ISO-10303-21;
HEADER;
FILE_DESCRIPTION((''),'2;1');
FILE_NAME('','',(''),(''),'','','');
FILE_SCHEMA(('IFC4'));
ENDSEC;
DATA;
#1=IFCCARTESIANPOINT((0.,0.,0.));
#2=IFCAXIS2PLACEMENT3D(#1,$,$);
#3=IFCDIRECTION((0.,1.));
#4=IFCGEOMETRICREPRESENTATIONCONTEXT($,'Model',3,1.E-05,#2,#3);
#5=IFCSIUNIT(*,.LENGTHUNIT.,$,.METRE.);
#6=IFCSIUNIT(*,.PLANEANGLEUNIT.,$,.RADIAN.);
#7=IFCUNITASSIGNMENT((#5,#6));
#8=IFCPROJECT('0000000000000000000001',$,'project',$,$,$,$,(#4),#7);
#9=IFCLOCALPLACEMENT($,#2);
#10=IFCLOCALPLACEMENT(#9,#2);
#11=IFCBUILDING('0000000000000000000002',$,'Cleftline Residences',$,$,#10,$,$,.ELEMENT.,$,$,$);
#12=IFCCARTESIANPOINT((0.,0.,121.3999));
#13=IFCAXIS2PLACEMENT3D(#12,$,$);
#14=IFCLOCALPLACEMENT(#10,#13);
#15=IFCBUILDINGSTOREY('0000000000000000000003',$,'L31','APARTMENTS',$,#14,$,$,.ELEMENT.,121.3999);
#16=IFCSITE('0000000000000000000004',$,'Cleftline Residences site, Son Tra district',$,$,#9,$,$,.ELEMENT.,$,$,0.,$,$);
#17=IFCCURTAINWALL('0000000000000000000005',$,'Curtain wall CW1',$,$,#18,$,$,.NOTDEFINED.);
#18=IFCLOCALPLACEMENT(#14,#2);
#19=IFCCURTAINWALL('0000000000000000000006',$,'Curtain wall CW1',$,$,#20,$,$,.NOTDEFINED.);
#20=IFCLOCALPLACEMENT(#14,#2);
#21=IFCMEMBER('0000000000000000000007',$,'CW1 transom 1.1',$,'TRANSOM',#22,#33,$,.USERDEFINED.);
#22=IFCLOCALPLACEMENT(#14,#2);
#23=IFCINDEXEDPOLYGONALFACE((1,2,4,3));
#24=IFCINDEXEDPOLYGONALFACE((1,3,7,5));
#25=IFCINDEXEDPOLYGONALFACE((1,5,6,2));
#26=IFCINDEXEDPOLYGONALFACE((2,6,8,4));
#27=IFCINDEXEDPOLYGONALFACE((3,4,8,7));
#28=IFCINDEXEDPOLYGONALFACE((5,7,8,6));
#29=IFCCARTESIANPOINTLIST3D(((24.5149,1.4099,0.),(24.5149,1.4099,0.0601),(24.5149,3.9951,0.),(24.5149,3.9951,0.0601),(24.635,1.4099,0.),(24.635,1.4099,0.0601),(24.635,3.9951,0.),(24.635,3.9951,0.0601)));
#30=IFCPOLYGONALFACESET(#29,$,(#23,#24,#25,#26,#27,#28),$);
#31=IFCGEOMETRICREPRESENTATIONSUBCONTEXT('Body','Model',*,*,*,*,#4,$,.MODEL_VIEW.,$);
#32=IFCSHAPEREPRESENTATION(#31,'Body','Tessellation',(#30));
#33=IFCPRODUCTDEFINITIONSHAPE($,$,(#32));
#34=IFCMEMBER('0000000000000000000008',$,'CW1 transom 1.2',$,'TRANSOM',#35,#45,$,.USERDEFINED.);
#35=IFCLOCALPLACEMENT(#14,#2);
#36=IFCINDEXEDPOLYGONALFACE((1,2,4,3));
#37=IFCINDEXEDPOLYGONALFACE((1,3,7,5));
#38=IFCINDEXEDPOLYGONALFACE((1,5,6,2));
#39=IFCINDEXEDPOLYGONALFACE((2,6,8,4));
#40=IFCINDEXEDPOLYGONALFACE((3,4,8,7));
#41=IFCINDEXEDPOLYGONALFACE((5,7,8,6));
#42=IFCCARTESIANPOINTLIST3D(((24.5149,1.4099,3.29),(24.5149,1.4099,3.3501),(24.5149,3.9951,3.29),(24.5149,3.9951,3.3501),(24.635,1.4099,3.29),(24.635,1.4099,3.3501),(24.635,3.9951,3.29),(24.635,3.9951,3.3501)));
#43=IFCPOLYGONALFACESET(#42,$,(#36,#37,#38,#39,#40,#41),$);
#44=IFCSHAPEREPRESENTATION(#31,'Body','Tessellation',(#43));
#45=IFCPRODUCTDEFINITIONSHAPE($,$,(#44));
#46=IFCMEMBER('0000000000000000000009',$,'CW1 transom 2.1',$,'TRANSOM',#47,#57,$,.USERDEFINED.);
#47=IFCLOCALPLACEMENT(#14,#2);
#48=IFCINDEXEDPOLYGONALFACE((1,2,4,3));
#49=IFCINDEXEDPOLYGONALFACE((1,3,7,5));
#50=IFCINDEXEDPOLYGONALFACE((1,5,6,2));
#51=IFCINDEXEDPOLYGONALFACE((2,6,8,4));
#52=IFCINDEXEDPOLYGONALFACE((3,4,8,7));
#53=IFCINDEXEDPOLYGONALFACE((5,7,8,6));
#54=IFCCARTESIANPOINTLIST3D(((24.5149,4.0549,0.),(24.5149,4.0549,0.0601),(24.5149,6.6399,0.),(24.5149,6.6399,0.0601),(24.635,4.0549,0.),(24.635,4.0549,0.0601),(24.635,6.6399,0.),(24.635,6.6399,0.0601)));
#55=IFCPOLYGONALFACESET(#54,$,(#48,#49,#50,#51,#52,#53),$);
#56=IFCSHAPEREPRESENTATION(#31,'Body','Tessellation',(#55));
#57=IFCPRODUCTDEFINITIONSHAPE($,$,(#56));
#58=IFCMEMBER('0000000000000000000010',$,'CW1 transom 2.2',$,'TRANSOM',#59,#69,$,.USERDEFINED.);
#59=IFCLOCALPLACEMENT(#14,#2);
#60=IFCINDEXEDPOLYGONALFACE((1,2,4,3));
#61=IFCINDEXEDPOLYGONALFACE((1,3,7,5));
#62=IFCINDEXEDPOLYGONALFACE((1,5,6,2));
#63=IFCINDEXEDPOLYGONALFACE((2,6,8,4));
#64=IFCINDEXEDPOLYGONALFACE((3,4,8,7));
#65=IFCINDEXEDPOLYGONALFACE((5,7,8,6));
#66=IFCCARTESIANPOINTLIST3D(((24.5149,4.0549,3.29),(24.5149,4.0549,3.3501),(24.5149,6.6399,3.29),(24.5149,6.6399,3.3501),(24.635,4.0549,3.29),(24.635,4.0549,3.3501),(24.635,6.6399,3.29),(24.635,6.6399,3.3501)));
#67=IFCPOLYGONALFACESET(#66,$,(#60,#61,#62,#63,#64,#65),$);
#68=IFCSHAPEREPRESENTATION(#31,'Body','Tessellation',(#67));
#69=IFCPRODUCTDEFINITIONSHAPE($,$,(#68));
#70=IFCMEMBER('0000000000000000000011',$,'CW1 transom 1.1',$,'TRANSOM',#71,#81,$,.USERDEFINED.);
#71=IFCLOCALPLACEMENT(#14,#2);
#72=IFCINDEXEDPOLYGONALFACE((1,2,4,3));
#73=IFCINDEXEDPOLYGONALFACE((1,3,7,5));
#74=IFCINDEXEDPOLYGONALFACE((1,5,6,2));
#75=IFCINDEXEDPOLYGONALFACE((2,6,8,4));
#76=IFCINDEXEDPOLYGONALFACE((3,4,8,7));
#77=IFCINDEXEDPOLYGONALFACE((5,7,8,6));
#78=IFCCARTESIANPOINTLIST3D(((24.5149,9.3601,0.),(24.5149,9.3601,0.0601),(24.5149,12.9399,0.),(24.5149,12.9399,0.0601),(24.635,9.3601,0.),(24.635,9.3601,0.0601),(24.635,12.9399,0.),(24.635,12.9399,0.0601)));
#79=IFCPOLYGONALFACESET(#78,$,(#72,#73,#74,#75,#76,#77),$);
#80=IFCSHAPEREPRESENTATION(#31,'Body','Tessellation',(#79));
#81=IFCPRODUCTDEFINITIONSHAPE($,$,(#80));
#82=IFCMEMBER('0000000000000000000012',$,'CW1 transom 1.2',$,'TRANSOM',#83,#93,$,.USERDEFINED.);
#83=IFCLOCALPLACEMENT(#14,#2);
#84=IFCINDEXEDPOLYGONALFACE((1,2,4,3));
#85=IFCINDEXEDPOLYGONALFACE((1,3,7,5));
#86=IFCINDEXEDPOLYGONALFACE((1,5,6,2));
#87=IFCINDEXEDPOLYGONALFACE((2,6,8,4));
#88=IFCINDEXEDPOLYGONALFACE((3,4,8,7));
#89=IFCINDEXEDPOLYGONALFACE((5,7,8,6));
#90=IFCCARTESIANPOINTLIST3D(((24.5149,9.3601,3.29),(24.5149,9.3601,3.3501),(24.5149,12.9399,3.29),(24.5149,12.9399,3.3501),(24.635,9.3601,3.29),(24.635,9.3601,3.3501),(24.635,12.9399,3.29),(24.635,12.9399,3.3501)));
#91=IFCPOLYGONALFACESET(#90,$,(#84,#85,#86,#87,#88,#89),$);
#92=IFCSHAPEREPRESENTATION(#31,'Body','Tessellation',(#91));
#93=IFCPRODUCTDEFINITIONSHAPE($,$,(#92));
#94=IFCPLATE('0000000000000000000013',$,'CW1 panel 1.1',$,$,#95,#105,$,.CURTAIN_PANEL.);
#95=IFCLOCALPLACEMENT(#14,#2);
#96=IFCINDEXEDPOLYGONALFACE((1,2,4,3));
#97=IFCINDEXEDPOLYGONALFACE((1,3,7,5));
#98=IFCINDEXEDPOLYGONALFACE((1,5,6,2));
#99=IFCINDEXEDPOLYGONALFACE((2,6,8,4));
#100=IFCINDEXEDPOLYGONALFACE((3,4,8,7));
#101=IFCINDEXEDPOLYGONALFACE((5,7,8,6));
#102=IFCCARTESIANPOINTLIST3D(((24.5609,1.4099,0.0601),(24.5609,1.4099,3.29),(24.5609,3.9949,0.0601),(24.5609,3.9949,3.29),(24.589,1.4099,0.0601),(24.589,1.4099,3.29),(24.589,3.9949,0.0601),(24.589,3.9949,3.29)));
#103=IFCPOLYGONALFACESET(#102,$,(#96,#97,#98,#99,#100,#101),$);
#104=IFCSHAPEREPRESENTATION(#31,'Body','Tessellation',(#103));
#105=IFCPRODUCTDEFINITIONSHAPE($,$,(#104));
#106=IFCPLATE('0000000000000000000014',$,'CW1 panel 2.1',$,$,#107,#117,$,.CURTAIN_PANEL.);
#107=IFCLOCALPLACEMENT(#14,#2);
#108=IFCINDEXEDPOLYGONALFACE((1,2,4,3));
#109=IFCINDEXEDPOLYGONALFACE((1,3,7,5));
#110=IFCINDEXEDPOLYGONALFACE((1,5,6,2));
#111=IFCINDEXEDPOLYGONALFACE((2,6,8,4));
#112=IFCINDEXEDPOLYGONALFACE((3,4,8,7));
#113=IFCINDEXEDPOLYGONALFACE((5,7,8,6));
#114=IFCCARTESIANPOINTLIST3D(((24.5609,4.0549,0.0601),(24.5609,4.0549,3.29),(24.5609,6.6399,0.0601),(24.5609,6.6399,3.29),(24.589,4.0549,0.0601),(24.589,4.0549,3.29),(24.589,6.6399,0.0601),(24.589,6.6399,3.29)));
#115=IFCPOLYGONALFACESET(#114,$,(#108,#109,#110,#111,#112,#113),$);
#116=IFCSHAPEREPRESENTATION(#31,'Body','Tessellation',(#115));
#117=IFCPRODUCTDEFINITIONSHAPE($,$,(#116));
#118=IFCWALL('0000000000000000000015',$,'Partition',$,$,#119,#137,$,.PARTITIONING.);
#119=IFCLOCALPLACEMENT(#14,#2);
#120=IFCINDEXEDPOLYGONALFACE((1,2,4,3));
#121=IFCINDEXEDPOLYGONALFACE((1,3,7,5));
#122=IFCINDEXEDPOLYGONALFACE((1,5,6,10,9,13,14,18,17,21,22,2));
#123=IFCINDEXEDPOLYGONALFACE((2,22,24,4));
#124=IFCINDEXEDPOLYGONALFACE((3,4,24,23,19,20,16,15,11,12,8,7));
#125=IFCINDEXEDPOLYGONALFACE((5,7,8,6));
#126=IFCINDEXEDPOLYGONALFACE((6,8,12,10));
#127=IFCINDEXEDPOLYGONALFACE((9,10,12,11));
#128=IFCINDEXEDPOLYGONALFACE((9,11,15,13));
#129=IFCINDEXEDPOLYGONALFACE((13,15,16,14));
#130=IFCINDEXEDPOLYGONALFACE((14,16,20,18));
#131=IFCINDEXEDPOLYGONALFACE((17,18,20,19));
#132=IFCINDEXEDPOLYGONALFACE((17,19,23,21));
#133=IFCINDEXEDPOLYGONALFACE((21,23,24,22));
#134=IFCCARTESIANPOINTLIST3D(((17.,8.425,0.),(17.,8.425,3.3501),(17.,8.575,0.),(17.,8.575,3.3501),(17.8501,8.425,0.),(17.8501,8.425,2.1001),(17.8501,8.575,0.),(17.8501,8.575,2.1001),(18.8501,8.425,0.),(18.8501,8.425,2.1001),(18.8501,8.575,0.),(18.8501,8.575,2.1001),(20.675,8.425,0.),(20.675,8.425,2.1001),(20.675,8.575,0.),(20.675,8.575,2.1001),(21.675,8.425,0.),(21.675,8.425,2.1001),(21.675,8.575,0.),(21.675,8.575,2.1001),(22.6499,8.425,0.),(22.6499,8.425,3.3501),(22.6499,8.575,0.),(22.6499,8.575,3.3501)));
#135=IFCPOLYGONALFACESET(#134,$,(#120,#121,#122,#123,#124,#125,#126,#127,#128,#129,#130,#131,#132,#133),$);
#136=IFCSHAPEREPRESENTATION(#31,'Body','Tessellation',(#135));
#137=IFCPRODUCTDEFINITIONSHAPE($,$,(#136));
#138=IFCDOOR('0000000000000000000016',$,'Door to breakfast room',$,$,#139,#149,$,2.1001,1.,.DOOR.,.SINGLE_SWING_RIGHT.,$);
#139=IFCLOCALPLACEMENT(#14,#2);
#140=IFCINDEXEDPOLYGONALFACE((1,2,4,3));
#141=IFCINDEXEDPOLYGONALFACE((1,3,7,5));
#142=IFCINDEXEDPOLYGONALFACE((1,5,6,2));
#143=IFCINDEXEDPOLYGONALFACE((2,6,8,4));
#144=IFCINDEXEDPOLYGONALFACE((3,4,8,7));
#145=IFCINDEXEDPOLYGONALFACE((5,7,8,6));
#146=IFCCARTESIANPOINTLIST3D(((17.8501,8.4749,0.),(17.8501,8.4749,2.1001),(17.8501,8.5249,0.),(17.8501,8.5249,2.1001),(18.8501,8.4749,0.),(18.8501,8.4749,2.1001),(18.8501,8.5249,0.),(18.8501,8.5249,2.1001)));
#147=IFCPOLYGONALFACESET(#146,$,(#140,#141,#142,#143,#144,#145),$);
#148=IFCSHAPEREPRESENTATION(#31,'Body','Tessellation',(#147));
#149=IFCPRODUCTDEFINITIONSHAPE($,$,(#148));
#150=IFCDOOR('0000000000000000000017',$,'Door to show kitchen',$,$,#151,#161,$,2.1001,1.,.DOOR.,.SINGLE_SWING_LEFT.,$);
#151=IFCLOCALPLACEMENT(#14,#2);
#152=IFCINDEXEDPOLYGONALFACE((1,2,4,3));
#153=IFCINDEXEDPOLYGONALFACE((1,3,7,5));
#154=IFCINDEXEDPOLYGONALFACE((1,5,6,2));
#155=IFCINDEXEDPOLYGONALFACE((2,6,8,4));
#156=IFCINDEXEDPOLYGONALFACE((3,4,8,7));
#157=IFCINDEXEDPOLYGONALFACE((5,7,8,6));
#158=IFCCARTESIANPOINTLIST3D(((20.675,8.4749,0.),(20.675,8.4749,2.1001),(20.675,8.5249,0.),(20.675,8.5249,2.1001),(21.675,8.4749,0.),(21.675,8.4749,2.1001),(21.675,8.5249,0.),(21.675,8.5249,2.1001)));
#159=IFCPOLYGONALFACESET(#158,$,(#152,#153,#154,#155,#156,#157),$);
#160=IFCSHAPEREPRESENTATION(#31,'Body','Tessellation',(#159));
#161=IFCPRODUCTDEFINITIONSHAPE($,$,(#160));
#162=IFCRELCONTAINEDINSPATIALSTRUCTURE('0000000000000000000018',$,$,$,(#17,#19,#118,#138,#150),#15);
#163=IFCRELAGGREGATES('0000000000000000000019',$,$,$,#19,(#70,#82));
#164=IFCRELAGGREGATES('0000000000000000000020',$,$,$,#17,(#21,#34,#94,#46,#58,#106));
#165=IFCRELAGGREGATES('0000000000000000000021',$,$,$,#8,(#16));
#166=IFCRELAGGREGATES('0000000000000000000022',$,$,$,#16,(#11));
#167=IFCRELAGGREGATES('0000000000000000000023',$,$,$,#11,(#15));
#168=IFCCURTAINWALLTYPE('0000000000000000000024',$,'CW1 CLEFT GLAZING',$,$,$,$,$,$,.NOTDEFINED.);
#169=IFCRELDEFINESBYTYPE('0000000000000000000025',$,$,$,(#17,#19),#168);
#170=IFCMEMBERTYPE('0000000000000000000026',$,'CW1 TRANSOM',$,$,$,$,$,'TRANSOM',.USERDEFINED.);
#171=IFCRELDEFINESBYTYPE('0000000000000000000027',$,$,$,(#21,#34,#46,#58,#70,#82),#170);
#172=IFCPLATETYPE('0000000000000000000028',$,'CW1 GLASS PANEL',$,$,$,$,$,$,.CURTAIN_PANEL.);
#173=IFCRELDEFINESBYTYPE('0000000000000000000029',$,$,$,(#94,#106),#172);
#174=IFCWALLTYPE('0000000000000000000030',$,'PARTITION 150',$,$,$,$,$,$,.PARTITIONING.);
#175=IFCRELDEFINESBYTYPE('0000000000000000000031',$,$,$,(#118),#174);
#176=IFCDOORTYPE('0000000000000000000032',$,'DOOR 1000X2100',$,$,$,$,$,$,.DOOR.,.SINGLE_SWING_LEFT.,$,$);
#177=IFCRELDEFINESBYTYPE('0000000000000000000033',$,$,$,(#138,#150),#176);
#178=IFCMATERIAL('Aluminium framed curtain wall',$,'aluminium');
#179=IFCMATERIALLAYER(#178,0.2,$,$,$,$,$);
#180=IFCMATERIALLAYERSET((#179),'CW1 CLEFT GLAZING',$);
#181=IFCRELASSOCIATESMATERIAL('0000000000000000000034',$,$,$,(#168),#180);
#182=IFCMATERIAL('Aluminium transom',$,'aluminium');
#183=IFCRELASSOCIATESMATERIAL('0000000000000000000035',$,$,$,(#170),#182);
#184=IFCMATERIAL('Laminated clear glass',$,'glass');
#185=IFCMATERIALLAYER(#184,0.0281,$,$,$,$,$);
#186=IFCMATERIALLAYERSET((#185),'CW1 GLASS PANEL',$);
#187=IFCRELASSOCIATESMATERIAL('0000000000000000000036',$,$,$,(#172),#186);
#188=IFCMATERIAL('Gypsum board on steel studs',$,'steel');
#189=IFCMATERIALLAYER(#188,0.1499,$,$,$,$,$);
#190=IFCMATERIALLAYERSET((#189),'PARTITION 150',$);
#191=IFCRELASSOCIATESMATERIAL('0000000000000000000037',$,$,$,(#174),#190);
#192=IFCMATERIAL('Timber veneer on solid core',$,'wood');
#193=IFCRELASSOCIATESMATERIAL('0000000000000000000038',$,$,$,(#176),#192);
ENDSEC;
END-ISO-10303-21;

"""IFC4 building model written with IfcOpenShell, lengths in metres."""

from ifc_helpers import new_model, si_unit, direction, frame, frame_2d, origin, origin_2d, place, context, subcontext, project, spatial, rectangle, extrude, material, layer, layer_set, material_profile, profile_set, type_object, element, fill, aggregate, save


model = new_model("IFC4")

# Units and contexts
model_context = context("Model", 3, precision=1e-05, world=origin(), true_north=direction((0.0, 1.0)))
body_context = subcontext(model_context, "Body", "Model", "MODEL_VIEW")
ifc_project = project(units=[si_unit("LENGTHUNIT", "METRE"), si_unit("PLANEANGLEUNIT", "RADIAN")], contexts=[model_context])

# Site, building, storey
site_placement = place(None, origin())
site = spatial("IfcSite", under=ifc_project, at=site_placement, Name="Cleftline Residences site, Son Tra district", CompositionType="ELEMENT", RefElevation=0.0)
building_placement = place(site_placement, origin())
building = spatial("IfcBuilding", under=site, at=building_placement, Name="Cleftline Residences", CompositionType="ELEMENT")
storey_placement = place(building_placement, frame((0.0, 0.0, 121.3999)))
storey = spatial("IfcBuildingStorey", under=building, at=storey_placement, Name="L31", Description="APARTMENTS", CompositionType="ELEMENT", Elevation=121.3999)

# Curtain wall
ifc_material_1 = material(Name="Aluminium framed curtain wall", Category="aluminium")
ifc_layer_1 = layer(ifc_material_1, 0.2)
ifc_layer_set_1 = layer_set([ifc_layer_1], Name="CW1 CLEFT GLAZING")
curtain_wall_type = type_object("IfcCurtainWallType", Name="CW1 CLEFT GLAZING", PredefinedType="NOTDEFINED", material=ifc_layer_set_1)
curtain_wall_1_placement = place(storey_placement, origin())
curtain_wall_1 = element("IfcCurtainWall", 1, at=curtain_wall_1_placement, inside=storey, type_object=curtain_wall_type, Name="Curtain wall CW1", PredefinedType="NOTDEFINED")

# Curtain wall
curtain_wall_2_placement = place(storey_placement, origin())
curtain_wall_2 = element("IfcCurtainWall", 2, at=curtain_wall_2_placement, inside=storey, type_object=curtain_wall_type, Name="Curtain wall CW1", PredefinedType="NOTDEFINED")

# Members
ifc_material_2 = material(Name="Aluminium transom", Category="aluminium")
ifc_material_profile_1 = material_profile(ifc_material_2, rectangle(XDim=0.1201, YDim=0.0601, at=origin_2d()))
ifc_profile_set_1 = profile_set([ifc_material_profile_1], Name="Aluminium transom")
member_type_1 = type_object("IfcMemberType", Name="CW1 TRANSOM", ElementType="TRANSOM", PredefinedType="USERDEFINED", material=ifc_profile_set_1)
member_1_placement = place(storey_placement, frame((24.575, 1.4099, 0.03), z_axis=(0.0, 1.0, 0.0), x_axis=(-1.0, 0.0, 0.0)))
member_1 = element("IfcMember", 3, at=member_1_placement, type_object=member_type_1, Name="CW1 transom 1.1", ObjectType="TRANSOM", PredefinedType="USERDEFINED", context=body_context, shape_type="SweptSolid", body=[
    extrude(rectangle(XDim=0.1201, YDim=0.0601, at=origin_2d()), origin(), (0.0, 0.0, 1.0), 2.5852),
])
member_2_placement = place(storey_placement, frame((24.575, 1.4099, 3.3201), z_axis=(0.0, 1.0, 0.0), x_axis=(-1.0, 0.0, 0.0)))
member_2 = element("IfcMember", 4, at=member_2_placement, type_object=member_type_1, Name="CW1 transom 1.2", ObjectType="TRANSOM", PredefinedType="USERDEFINED", context=body_context, shape_type="SweptSolid", body=[
    extrude(rectangle(XDim=0.1201, YDim=0.0601, at=origin_2d()), origin(), (0.0, 0.0, 1.0), 2.5852),
])
member_3_placement = place(storey_placement, frame((24.575, 4.0549, 0.03), z_axis=(0.0, 1.0, 0.0), x_axis=(-1.0, 0.0, 0.0)))
member_3 = element("IfcMember", 5, at=member_3_placement, type_object=member_type_1, Name="CW1 transom 2.1", ObjectType="TRANSOM", PredefinedType="USERDEFINED", context=body_context, shape_type="SweptSolid", body=[
    extrude(rectangle(XDim=0.1201, YDim=0.0601, at=origin_2d()), origin(), (0.0, 0.0, 1.0), 2.585),
])
member_4_placement = place(storey_placement, frame((24.575, 4.0549, 3.3201), z_axis=(0.0, 1.0, 0.0), x_axis=(-1.0, 0.0, 0.0)))
member_4 = element("IfcMember", 6, at=member_4_placement, type_object=member_type_1, Name="CW1 transom 2.2", ObjectType="TRANSOM", PredefinedType="USERDEFINED", context=body_context, shape_type="SweptSolid", body=[
    extrude(rectangle(XDim=0.1201, YDim=0.0601, at=origin_2d()), origin(), (0.0, 0.0, 1.0), 2.585),
])
member_5_placement = place(storey_placement, frame((24.575, 9.3601, 0.03), z_axis=(0.0, 1.0, 0.0), x_axis=(-1.0, 0.0, 0.0)))
member_5 = element("IfcMember", 7, at=member_5_placement, type_object=member_type_1, Name="CW1 transom 1.1", ObjectType="TRANSOM", PredefinedType="USERDEFINED", context=body_context, shape_type="SweptSolid", body=[
    extrude(rectangle(XDim=0.1201, YDim=0.0601, at=origin_2d()), origin(), (0.0, 0.0, 1.0), 3.5798),
])
member_6_placement = place(storey_placement, frame((24.575, 9.3601, 3.3201), z_axis=(0.0, 1.0, 0.0), x_axis=(-1.0, 0.0, 0.0)))
member_6 = element("IfcMember", 8, at=member_6_placement, type_object=member_type_1, Name="CW1 transom 1.2", ObjectType="TRANSOM", PredefinedType="USERDEFINED", context=body_context, shape_type="SweptSolid", body=[
    extrude(rectangle(XDim=0.1201, YDim=0.0601, at=origin_2d()), origin(), (0.0, 0.0, 1.0), 3.5798),
])
aggregate(curtain_wall_2, [member_5, member_6])

# Plates
ifc_material_3 = material(Name="Laminated clear glass", Category="glass")
ifc_layer_2 = layer(ifc_material_3, 0.0281)
ifc_layer_set_2 = layer_set([ifc_layer_2], Name="CW1 GLASS PANEL")
plate_type = type_object("IfcPlateType", Name="CW1 GLASS PANEL", PredefinedType="CURTAIN_PANEL", material=ifc_layer_set_2)
plate_1_placement = place(storey_placement, frame((24.575, 2.7024, 0.0601), z_axis=(0.0, 0.0, 1.0), x_axis=(0.0, 1.0, 0.0)))
plate_1 = element("IfcPlate", 9, at=plate_1_placement, type_object=plate_type, Name="CW1 panel 1.1", PredefinedType="CURTAIN_PANEL", context=body_context, shape_type="SweptSolid", body=[
    extrude(rectangle(XDim=2.585, YDim=0.0281, at=origin_2d()), origin(), (0.0, 0.0, 1.0), 3.23),
])
plate_2_placement = place(storey_placement, frame((24.575, 5.3474, 0.0601), z_axis=(0.0, 0.0, 1.0), x_axis=(0.0, 1.0, 0.0)))
plate_2 = element("IfcPlate", 10, at=plate_2_placement, type_object=plate_type, Name="CW1 panel 2.1", PredefinedType="CURTAIN_PANEL", context=body_context, shape_type="SweptSolid", body=[
    extrude(rectangle(XDim=2.585, YDim=0.0281, at=origin_2d()), origin(), (0.0, 0.0, 1.0), 3.23),
])
aggregate(curtain_wall_1, [member_1, member_2, plate_1, member_3, member_4, plate_2])

# Wall, openings, doors
ifc_material_4 = material(Name="Gypsum board on steel studs", Category="steel")
ifc_layer_3 = layer(ifc_material_4, 0.1499)
ifc_layer_set_3 = layer_set([ifc_layer_3], Name="PARTITION 150")
wall_type = type_object("IfcWallType", Name="PARTITION 150", PredefinedType="PARTITIONING", material=ifc_layer_set_3)
wall_1_placement = place(storey_placement, frame((17.0, 8.5, 0.0), z_axis=(0.0, 0.0, 1.0), x_axis=(1.0, 0.0, 0.0)))
wall_1 = element("IfcWall", 11, at=wall_1_placement, inside=storey, type_object=wall_type, Name="Partition", PredefinedType="PARTITIONING", context=body_context, shape_type="SweptSolid", body=[
    extrude(rectangle(XDim=5.6499, YDim=0.1499, at=frame_2d((2.825, 0.0))), origin(), (0.0, 0.0, 1.0), 3.3501),
])
opening_1_placement = place(wall_1_placement, frame((0.8501, 0.0, 0.0)))
opening_1 = element("IfcOpeningElement", 12, at=opening_1_placement, cuts=wall_1, PredefinedType="OPENING", context=body_context, shape_type="SweptSolid", body=[
    extrude(rectangle(XDim=1.0, YDim=2.1001, at=frame_2d((0.5, 1.05))), frame((0.0, 0.085, 0.0), z_axis=(0.0, -1.0, 0.0), x_axis=(1.0, 0.0, 0.0)), (0.0, 0.0, 1.0), 0.1699),
])
opening_2_placement = place(wall_1_placement, frame((3.675, 0.0, 0.0)))
opening_2 = element("IfcOpeningElement", 13, at=opening_2_placement, cuts=wall_1, PredefinedType="OPENING", context=body_context, shape_type="SweptSolid", body=[
    extrude(rectangle(XDim=1.0, YDim=2.1001, at=frame_2d((0.5, 1.05))), frame((0.0, 0.085, 0.0), z_axis=(0.0, -1.0, 0.0), x_axis=(1.0, 0.0, 0.0)), (0.0, 0.0, 1.0), 0.1699),
])
ifc_material_5 = material(Name="Timber veneer on solid core", Category="wood")
door_type_1 = type_object("IfcDoorType", Name="DOOR 1000X2100", OperationType="SINGLE_SWING_LEFT", PredefinedType="DOOR", material=ifc_material_5)
door_1_placement = place(opening_1_placement, origin())
door_1 = element("IfcDoor", 14, at=door_1_placement, inside=storey, type_object=door_type_1, Name="Door to breakfast room", OperationType="SINGLE_SWING_RIGHT", OverallHeight=2.1001, OverallWidth=1.0, PredefinedType="DOOR", context=body_context, shape_type="SweptSolid", body=[
    extrude(rectangle(XDim=1.0, YDim=2.1001, at=frame_2d((0.5, 1.05))), frame((0.0, 0.0249, 0.0), z_axis=(0.0, -1.0, 0.0), x_axis=(1.0, 0.0, 0.0)), (0.0, 0.0, 1.0), 0.05),
])
fill(opening_1, door_1)
door_2_placement = place(opening_2_placement, origin())
door_2 = element("IfcDoor", 15, at=door_2_placement, inside=storey, type_object=door_type_1, Name="Door to show kitchen", OperationType="SINGLE_SWING_LEFT", OverallHeight=2.1001, OverallWidth=1.0, PredefinedType="DOOR", context=body_context, shape_type="SweptSolid", body=[
    extrude(rectangle(XDim=1.0, YDim=2.1001, at=frame_2d((0.5, 1.05))), frame((0.0, 0.0249, 0.0), z_axis=(0.0, -1.0, 0.0), x_axis=(1.0, 0.0, 0.0)), (0.0, 0.0, 1.0), 0.05),
])
fill(opening_2, door_2)

save(model, "model.ifc")
